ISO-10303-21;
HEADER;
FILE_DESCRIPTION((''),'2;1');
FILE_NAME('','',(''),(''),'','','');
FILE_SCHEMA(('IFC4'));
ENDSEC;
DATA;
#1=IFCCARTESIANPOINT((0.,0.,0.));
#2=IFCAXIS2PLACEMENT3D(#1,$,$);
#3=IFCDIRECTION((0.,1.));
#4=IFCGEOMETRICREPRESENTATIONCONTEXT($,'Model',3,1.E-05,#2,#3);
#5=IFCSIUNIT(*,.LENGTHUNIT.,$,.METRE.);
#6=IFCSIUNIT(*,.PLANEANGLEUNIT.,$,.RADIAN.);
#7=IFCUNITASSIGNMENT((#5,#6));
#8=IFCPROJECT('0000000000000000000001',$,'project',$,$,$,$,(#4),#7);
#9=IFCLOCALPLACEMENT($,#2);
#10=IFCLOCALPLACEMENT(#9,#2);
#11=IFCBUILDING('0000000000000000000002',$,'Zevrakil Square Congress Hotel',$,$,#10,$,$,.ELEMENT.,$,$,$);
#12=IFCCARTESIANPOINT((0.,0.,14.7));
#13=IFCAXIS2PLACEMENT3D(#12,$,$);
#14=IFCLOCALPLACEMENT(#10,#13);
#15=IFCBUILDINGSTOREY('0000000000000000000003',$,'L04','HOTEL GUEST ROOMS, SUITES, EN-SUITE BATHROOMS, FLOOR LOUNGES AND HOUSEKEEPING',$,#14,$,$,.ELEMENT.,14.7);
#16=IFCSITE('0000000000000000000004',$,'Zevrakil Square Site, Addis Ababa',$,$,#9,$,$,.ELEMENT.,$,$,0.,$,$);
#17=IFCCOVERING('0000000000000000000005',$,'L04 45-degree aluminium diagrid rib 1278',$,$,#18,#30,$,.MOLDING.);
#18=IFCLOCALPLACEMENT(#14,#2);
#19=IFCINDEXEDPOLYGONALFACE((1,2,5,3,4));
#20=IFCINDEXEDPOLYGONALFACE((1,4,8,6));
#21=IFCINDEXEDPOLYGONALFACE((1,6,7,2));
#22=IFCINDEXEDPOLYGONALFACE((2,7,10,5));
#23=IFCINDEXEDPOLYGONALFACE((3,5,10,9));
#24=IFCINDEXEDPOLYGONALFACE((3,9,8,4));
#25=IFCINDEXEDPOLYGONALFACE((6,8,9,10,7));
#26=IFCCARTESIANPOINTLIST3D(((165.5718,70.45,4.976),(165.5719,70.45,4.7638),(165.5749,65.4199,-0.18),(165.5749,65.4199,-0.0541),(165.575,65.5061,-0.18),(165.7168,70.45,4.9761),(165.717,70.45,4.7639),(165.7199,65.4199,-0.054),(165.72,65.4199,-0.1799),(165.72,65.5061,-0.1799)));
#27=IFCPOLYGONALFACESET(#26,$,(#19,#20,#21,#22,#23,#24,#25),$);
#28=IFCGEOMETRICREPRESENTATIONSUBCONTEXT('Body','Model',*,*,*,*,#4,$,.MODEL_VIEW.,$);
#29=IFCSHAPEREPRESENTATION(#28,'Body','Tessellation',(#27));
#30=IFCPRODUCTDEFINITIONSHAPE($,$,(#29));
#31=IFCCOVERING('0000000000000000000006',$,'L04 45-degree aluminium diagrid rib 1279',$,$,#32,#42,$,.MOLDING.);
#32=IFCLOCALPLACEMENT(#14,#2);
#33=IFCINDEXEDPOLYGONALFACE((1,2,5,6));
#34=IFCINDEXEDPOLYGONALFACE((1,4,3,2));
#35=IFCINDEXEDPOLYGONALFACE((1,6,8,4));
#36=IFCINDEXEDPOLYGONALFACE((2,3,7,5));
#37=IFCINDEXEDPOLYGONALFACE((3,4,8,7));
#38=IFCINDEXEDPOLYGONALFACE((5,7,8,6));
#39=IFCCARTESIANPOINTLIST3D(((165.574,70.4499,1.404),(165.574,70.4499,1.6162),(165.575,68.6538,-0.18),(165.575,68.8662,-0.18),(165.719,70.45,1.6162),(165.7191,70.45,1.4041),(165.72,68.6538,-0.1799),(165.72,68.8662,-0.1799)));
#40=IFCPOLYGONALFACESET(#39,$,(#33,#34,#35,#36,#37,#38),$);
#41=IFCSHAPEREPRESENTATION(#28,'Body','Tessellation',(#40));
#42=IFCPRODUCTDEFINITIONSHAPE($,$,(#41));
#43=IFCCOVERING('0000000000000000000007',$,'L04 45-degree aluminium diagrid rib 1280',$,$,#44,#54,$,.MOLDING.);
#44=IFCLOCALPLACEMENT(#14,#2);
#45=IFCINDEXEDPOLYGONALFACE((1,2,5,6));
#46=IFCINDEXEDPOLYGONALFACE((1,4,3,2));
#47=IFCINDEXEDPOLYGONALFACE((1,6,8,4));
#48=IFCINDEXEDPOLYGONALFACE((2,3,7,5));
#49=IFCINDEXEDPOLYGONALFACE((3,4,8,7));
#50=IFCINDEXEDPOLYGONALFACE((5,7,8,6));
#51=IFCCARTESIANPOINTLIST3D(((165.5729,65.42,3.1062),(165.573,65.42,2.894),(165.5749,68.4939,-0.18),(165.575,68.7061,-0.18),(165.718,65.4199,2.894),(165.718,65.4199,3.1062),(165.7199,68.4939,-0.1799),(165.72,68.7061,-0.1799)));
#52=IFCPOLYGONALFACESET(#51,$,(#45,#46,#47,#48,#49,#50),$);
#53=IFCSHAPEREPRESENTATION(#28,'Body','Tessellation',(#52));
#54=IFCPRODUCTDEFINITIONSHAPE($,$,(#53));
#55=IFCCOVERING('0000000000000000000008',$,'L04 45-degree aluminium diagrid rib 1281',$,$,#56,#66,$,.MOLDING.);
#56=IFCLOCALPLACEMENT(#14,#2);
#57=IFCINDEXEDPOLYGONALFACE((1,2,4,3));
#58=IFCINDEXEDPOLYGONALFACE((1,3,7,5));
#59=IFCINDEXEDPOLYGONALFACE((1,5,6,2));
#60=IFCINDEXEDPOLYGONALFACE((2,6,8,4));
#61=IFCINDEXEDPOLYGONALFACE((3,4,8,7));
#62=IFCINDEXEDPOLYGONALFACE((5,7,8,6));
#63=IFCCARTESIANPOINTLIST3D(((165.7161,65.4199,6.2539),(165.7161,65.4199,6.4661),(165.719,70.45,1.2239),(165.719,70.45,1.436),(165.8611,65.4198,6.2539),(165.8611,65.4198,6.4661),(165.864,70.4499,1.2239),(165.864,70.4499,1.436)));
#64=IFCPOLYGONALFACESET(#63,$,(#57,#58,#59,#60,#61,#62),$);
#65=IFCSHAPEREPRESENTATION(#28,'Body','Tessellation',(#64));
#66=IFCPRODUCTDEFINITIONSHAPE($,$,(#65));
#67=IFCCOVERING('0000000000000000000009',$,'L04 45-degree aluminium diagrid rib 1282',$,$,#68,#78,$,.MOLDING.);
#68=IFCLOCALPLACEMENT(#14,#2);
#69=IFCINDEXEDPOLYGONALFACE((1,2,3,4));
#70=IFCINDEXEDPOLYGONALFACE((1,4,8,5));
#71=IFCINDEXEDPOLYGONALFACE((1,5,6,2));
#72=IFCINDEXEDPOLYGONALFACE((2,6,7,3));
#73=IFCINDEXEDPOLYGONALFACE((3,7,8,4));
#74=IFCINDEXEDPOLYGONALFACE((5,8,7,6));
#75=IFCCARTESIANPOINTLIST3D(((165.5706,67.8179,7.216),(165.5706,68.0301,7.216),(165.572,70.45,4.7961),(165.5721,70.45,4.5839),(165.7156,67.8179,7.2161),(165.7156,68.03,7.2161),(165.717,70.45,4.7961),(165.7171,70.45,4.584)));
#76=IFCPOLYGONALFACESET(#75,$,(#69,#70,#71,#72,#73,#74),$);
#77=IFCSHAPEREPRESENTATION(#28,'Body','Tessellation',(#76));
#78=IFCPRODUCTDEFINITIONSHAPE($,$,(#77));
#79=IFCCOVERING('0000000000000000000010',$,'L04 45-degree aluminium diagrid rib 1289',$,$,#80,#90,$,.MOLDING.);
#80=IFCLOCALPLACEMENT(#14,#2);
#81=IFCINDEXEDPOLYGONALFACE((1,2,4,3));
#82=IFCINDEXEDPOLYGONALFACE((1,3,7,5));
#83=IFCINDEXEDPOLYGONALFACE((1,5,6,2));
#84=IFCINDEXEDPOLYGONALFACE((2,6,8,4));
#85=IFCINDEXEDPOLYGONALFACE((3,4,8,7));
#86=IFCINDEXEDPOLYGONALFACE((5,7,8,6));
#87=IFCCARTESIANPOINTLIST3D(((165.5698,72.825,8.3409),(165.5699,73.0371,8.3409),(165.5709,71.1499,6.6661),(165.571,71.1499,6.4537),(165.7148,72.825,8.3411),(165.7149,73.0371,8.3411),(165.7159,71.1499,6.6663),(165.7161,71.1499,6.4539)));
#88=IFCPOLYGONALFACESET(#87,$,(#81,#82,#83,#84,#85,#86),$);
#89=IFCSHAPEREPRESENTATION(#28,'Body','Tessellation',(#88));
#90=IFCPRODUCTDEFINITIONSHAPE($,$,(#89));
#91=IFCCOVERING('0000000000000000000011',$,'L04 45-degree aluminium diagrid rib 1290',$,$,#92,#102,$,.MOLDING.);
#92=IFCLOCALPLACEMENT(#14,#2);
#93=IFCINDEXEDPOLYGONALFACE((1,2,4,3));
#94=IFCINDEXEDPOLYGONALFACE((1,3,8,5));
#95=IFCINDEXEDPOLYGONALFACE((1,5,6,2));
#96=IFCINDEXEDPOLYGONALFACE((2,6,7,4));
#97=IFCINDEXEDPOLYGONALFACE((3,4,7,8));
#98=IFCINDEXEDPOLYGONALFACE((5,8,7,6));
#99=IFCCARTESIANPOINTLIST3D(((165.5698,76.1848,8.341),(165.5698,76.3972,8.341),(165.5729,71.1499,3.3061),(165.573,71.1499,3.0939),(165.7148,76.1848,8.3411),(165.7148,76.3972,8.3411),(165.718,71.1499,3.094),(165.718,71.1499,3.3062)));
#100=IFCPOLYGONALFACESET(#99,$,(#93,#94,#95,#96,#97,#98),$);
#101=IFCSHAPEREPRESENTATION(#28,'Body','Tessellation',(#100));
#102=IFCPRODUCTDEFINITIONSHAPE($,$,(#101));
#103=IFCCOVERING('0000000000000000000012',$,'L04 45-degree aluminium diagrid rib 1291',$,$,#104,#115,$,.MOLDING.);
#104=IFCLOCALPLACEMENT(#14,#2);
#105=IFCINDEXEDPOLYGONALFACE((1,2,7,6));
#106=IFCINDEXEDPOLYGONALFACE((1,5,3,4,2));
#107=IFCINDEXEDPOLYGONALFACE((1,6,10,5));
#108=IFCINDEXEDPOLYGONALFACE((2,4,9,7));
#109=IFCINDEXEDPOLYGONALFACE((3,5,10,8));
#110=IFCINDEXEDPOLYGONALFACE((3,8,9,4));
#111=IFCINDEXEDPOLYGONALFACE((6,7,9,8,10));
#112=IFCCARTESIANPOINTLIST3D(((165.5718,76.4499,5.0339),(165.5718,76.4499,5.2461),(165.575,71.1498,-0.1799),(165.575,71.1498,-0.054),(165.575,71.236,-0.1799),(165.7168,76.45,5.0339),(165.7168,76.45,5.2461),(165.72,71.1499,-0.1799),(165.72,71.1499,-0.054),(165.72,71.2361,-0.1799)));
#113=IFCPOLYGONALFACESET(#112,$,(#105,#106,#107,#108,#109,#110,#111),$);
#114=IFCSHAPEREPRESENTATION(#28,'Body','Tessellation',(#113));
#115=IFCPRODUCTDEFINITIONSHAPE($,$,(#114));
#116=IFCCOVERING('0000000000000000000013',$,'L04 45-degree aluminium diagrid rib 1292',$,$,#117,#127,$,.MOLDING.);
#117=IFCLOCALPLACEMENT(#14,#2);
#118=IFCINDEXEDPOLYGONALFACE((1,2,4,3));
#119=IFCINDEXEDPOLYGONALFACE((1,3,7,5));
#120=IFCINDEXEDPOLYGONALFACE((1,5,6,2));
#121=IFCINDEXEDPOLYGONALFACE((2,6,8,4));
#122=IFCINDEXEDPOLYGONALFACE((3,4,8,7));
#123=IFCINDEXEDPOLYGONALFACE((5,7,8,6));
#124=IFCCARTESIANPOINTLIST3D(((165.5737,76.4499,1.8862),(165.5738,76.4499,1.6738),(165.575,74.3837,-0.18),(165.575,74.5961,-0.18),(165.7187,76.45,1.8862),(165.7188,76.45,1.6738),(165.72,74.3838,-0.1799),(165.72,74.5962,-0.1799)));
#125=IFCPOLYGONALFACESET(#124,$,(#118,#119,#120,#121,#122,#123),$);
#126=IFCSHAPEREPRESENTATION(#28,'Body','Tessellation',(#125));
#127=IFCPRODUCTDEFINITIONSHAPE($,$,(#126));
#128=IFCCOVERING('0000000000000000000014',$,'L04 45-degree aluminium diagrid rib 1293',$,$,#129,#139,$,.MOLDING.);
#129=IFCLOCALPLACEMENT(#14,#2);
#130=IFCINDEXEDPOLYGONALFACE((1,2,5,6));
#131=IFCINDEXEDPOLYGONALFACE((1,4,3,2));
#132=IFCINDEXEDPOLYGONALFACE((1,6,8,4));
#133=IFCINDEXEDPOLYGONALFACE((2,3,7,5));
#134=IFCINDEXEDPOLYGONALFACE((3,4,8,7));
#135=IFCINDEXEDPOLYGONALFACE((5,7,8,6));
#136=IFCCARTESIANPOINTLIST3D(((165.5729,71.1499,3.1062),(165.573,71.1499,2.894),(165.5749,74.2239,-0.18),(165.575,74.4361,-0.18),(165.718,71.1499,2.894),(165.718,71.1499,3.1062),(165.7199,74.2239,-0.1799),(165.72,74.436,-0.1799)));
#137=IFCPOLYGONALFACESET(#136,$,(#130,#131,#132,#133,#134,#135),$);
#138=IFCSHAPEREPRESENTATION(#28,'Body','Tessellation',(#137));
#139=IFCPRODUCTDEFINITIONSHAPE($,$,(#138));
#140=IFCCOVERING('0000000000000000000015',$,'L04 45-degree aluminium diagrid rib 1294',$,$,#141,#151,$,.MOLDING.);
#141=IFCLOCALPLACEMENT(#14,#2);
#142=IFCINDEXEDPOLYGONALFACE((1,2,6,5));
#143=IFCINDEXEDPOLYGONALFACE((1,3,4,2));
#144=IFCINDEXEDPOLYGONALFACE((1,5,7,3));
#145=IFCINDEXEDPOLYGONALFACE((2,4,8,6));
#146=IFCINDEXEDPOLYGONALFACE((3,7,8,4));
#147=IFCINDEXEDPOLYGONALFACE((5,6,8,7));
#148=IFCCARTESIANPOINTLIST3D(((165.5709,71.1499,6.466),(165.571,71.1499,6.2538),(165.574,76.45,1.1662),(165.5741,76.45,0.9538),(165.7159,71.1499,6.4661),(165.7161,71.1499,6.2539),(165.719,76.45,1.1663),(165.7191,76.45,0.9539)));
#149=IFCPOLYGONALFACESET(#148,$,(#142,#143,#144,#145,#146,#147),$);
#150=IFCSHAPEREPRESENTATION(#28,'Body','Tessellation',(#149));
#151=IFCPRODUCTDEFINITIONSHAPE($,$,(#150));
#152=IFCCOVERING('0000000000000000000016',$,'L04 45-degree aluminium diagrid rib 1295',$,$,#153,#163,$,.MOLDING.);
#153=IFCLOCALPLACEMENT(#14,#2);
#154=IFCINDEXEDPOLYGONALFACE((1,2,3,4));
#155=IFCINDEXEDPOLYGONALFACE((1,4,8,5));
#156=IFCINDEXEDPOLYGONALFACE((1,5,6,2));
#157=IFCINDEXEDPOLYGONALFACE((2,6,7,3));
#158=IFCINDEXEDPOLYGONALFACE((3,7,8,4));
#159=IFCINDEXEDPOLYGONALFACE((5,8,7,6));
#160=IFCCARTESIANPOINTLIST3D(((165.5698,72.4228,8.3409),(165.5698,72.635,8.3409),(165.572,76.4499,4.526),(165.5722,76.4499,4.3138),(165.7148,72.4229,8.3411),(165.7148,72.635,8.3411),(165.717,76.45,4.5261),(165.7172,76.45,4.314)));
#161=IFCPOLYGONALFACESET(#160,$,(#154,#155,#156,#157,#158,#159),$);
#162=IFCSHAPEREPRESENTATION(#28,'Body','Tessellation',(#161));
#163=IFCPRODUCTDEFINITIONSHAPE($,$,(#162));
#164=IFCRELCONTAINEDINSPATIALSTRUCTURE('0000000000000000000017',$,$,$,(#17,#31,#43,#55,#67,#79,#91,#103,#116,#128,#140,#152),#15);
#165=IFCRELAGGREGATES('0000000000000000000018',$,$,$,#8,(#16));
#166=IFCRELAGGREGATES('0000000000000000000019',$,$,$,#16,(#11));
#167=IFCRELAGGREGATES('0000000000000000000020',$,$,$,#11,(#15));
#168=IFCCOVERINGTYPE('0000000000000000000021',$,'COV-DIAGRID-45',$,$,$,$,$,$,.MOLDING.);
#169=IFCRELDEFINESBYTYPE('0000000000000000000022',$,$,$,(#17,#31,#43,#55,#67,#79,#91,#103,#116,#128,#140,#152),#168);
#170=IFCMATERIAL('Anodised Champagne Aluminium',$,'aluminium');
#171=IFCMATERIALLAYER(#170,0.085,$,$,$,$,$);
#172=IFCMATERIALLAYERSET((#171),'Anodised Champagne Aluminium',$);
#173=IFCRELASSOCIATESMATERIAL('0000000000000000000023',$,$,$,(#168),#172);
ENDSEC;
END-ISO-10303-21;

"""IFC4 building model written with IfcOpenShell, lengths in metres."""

from ifc_helpers import new_model, si_unit, direction, frame, origin, place, context, subcontext, project, spatial, polyline, outline, extrude, material, layer, layer_set, type_object, element, save


model = new_model("IFC4")

# Units and contexts
model_context = context("Model", 3, precision=1e-05, world=origin(), true_north=direction((0.0, 1.0)))
body_context = subcontext(model_context, "Body", "Model", "MODEL_VIEW")
ifc_project = project(units=[si_unit("LENGTHUNIT", "METRE"), si_unit("PLANEANGLEUNIT", "RADIAN")], contexts=[model_context])

# Site, building, storey
site_placement = place(None, origin())
site = spatial("IfcSite", under=ifc_project, at=site_placement, Name="Zevrakil Square Site, Addis Ababa", CompositionType="ELEMENT", RefElevation=0.0)
building_placement = place(site_placement, origin())
building = spatial("IfcBuilding", under=site, at=building_placement, Name="Zevrakil Square Congress Hotel", CompositionType="ELEMENT")
storey_placement = place(building_placement, frame((0.0, 0.0, 14.7)))
storey = spatial("IfcBuildingStorey", under=building, at=storey_placement, Name="L04", Description="HOTEL GUEST ROOMS, SUITES, EN-SUITE BATHROOMS, FLOOR LOUNGES AND HOUSEKEEPING", CompositionType="ELEMENT", Elevation=14.7)

# Coverings
ifc_material_1 = material(Name="Anodised Champagne Aluminium", Category="aluminium")
ifc_layer_1 = layer(ifc_material_1, 0.085)
ifc_layer_set_1 = layer_set([ifc_layer_1], Name="Anodised Champagne Aluminium")
covering_type_1 = type_object("IfcCoveringType", Name="COV-DIAGRID-45", PredefinedType="MOLDING", material=ifc_layer_set_1)
covering_1_placement = place(storey_placement, frame((165.72, 65.5061, -0.1799), z_axis=(1.0, -0.000087, 0.000696), x_axis=(-0.000087, -1.0, 0.0)))
element("IfcCovering", 1, at=covering_1_placement, inside=storey, type_object=covering_type_1, Name="L04 45-degree aluminium diagrid rib 1278", PredefinedType="MOLDING", context=body_context, shape_type="SweptSolid", body=[
    extrude(outline(polyline([(0.0, 0.0), (0.0862, 0.0), (0.0862, -0.126), (-4.9438, -5.156), (-4.9438, -4.9438), (0.0, 0.0)])), origin(), (0.0, 0.0, -1.0), 0.145),
])
covering_2_placement = place(storey_placement, frame((165.72, 68.8662, -0.1799), z_axis=(1.0, 0.000289, 0.000289), x_axis=(0.000289, -1.0, 0.0)))
element("IfcCovering", 2, at=covering_2_placement, inside=storey, type_object=covering_type_1, Name="L04 45-degree aluminium diagrid rib 1279", PredefinedType="MOLDING", context=body_context, shape_type="SweptSolid", body=[
    extrude(outline(polyline([(0.0, 0.0), (0.2124, 0.0), (-1.5837, -1.7961), (-1.5837, -1.584), (0.0, 0.0)])), origin(), (0.0, 0.0, -1.0), 0.145),
])
covering_3_placement = place(storey_placement, frame((165.718, 65.4199, 2.894), z_axis=(1.0, -0.000307, 0.000307), x_axis=(-0.000307, 0.0, 1.0)))
element("IfcCovering", 3, at=covering_3_placement, inside=storey, type_object=covering_type_1, Name="L04 45-degree aluminium diagrid rib 1280", PredefinedType="MOLDING", context=body_context, shape_type="SweptSolid", body=[
    extrude(outline(polyline([(0.0, 0.0), (0.2122, 0.0), (-3.074, -3.2861), (-3.074, -3.074), (0.0, 0.0)])), origin(), (0.0, 0.0, -1.0), 0.145),
])
covering_4_placement = place(storey_placement, frame((165.7161, 65.4199, 6.2539), z_axis=(-1.0, 0.000582, 0.0), x_axis=(0.0, 0.0, 1.0)))
element("IfcCovering", 4, at=covering_4_placement, inside=storey, type_object=covering_type_1, Name="L04 45-degree aluminium diagrid rib 1281", PredefinedType="MOLDING", context=body_context, shape_type="SweptSolid", body=[
    extrude(outline(polyline([(0.0, 0.0), (0.2122, 0.0), (-4.8179, 5.03), (-5.03, 5.03), (0.0, 0.0)])), origin(), (0.0, 0.0, -1.0), 0.145),
])
covering_5_placement = place(storey_placement, frame((165.7156, 67.8179, 7.2161), z_axis=(1.0, -0.00029, 0.00029), x_axis=(0.00029, 1.0, 0.0)))
element("IfcCovering", 5, at=covering_5_placement, inside=storey, type_object=covering_type_1, Name="L04 45-degree aluminium diagrid rib 1282", PredefinedType="MOLDING", context=body_context, shape_type="SweptSolid", body=[
    extrude(outline(polyline([(0.0, 0.0), (0.2122, 0.0), (2.6321, -2.4199), (2.6321, -2.6321), (0.0, 0.0)])), origin(), (0.0, 0.0, -1.0), 0.145),
])
covering_6_placement = place(storey_placement, frame((165.7161, 71.1499, 6.4539), z_axis=(1.0, -0.000266, 0.000883), x_axis=(-0.000883, 0.0, 1.0)))
element("IfcCovering", 6, at=covering_6_placement, inside=storey, type_object=covering_type_1, Name="L04 45-degree aluminium diagrid rib 1289", PredefinedType="MOLDING", context=body_context, shape_type="SweptSolid", body=[
    extrude(outline(polyline([(0.0, 0.0), (0.2124, 0.0), (1.8872, -1.675), (1.8872, -1.8872), (0.0, 0.0)])), origin(), (0.0, 0.0, -1.0), 0.145),
])
covering_7_placement = place(storey_placement, frame((165.718, 71.1499, 3.094), z_axis=(1.0, 0.000308, 0.000309), x_axis=(-0.000309, 0.0, 1.0)))
element("IfcCovering", 7, at=covering_7_placement, inside=storey, type_object=covering_type_1, Name="L04 45-degree aluminium diagrid rib 1290", PredefinedType="MOLDING", context=body_context, shape_type="SweptSolid", body=[
    extrude(outline(polyline([(0.0, 0.0), (0.2122, 0.0), (5.2471, -5.0349), (5.2471, -5.2473), (0.0, 0.0)])), origin(), (0.0, 0.0, -1.0), 0.145),
])
covering_8_placement = place(storey_placement, frame((165.72, 71.2361, -0.1799), z_axis=(1.0, 0.000479, 0.000122), x_axis=(0.000479, -1.0, 0.0)))
element("IfcCovering", 8, at=covering_8_placement, inside=storey, type_object=covering_type_1, Name="L04 45-degree aluminium diagrid rib 1291", PredefinedType="MOLDING", context=body_context, shape_type="SweptSolid", body=[
    extrude(outline(polyline([(0.0, 0.0), (0.0862, 0.0), (0.0862, -0.126), (-5.2139, -5.426), (-5.2139, -5.2139), (0.0, 0.0)])), origin(), (0.0, 0.0, -1.0), 0.145),
])
covering_9_placement = place(storey_placement, frame((165.72, 74.5962, -0.1799), z_axis=(1.0, 0.000311, 0.000311), x_axis=(0.000311, -1.0, 0.0)))
element("IfcCovering", 9, at=covering_9_placement, inside=storey, type_object=covering_type_1, Name="L04 45-degree aluminium diagrid rib 1292", PredefinedType="MOLDING", context=body_context, shape_type="SweptSolid", body=[
    extrude(outline(polyline([(0.0, 0.0), (0.2124, 0.0), (-1.8538, -2.0662), (-1.8538, -1.8538), (0.0, 0.0)])), origin(), (0.0, 0.0, -1.0), 0.145),
])
covering_10_placement = place(storey_placement, frame((165.718, 71.1499, 2.894), z_axis=(1.0, -0.000307, 0.000307), x_axis=(-0.000307, 0.0, 1.0)))
element("IfcCovering", 10, at=covering_10_placement, inside=storey, type_object=covering_type_1, Name="L04 45-degree aluminium diagrid rib 1293", PredefinedType="MOLDING", context=body_context, shape_type="SweptSolid", body=[
    extrude(outline(polyline([(0.0, 0.0), (0.2122, 0.0), (-3.074, -3.2861), (-3.074, -3.074), (0.0, 0.0)])), origin(), (0.0, 0.0, -1.0), 0.145),
])
covering_11_placement = place(storey_placement, frame((165.7161, 71.1499, 6.2539), z_axis=(1.0, -0.000001, 0.000575), x_axis=(-0.000575, 0.0, 1.0)))
element("IfcCovering", 11, at=covering_11_placement, inside=storey, type_object=covering_type_1, Name="L04 45-degree aluminium diagrid rib 1294", PredefinedType="MOLDING", context=body_context, shape_type="SweptSolid", body=[
    extrude(outline(polyline([(0.0, 0.0), (0.2122, 0.0), (-5.0876, -5.3), (-5.3, -5.3), (0.0, 0.0)])), origin(), (0.0, 0.0, -1.0), 0.145),
])
covering_12_placement = place(storey_placement, frame((165.7148, 72.4229, 8.3411), z_axis=(1.0, 0.00028, 0.000871), x_axis=(-0.00028, 1.0, 0.0)))
element("IfcCovering", 12, at=covering_12_placement, inside=storey, type_object=covering_type_1, Name="L04 45-degree aluminium diagrid rib 1295", PredefinedType="MOLDING", context=body_context, shape_type="SweptSolid", body=[
    extrude(outline(polyline([(0.0, 0.0), (0.2122, 0.0), (4.0271, -3.8149), (4.0271, -4.0271), (0.0, 0.0)])), origin(), (0.0, 0.0, -1.0), 0.145),
])

save(model, "model.ifc")
